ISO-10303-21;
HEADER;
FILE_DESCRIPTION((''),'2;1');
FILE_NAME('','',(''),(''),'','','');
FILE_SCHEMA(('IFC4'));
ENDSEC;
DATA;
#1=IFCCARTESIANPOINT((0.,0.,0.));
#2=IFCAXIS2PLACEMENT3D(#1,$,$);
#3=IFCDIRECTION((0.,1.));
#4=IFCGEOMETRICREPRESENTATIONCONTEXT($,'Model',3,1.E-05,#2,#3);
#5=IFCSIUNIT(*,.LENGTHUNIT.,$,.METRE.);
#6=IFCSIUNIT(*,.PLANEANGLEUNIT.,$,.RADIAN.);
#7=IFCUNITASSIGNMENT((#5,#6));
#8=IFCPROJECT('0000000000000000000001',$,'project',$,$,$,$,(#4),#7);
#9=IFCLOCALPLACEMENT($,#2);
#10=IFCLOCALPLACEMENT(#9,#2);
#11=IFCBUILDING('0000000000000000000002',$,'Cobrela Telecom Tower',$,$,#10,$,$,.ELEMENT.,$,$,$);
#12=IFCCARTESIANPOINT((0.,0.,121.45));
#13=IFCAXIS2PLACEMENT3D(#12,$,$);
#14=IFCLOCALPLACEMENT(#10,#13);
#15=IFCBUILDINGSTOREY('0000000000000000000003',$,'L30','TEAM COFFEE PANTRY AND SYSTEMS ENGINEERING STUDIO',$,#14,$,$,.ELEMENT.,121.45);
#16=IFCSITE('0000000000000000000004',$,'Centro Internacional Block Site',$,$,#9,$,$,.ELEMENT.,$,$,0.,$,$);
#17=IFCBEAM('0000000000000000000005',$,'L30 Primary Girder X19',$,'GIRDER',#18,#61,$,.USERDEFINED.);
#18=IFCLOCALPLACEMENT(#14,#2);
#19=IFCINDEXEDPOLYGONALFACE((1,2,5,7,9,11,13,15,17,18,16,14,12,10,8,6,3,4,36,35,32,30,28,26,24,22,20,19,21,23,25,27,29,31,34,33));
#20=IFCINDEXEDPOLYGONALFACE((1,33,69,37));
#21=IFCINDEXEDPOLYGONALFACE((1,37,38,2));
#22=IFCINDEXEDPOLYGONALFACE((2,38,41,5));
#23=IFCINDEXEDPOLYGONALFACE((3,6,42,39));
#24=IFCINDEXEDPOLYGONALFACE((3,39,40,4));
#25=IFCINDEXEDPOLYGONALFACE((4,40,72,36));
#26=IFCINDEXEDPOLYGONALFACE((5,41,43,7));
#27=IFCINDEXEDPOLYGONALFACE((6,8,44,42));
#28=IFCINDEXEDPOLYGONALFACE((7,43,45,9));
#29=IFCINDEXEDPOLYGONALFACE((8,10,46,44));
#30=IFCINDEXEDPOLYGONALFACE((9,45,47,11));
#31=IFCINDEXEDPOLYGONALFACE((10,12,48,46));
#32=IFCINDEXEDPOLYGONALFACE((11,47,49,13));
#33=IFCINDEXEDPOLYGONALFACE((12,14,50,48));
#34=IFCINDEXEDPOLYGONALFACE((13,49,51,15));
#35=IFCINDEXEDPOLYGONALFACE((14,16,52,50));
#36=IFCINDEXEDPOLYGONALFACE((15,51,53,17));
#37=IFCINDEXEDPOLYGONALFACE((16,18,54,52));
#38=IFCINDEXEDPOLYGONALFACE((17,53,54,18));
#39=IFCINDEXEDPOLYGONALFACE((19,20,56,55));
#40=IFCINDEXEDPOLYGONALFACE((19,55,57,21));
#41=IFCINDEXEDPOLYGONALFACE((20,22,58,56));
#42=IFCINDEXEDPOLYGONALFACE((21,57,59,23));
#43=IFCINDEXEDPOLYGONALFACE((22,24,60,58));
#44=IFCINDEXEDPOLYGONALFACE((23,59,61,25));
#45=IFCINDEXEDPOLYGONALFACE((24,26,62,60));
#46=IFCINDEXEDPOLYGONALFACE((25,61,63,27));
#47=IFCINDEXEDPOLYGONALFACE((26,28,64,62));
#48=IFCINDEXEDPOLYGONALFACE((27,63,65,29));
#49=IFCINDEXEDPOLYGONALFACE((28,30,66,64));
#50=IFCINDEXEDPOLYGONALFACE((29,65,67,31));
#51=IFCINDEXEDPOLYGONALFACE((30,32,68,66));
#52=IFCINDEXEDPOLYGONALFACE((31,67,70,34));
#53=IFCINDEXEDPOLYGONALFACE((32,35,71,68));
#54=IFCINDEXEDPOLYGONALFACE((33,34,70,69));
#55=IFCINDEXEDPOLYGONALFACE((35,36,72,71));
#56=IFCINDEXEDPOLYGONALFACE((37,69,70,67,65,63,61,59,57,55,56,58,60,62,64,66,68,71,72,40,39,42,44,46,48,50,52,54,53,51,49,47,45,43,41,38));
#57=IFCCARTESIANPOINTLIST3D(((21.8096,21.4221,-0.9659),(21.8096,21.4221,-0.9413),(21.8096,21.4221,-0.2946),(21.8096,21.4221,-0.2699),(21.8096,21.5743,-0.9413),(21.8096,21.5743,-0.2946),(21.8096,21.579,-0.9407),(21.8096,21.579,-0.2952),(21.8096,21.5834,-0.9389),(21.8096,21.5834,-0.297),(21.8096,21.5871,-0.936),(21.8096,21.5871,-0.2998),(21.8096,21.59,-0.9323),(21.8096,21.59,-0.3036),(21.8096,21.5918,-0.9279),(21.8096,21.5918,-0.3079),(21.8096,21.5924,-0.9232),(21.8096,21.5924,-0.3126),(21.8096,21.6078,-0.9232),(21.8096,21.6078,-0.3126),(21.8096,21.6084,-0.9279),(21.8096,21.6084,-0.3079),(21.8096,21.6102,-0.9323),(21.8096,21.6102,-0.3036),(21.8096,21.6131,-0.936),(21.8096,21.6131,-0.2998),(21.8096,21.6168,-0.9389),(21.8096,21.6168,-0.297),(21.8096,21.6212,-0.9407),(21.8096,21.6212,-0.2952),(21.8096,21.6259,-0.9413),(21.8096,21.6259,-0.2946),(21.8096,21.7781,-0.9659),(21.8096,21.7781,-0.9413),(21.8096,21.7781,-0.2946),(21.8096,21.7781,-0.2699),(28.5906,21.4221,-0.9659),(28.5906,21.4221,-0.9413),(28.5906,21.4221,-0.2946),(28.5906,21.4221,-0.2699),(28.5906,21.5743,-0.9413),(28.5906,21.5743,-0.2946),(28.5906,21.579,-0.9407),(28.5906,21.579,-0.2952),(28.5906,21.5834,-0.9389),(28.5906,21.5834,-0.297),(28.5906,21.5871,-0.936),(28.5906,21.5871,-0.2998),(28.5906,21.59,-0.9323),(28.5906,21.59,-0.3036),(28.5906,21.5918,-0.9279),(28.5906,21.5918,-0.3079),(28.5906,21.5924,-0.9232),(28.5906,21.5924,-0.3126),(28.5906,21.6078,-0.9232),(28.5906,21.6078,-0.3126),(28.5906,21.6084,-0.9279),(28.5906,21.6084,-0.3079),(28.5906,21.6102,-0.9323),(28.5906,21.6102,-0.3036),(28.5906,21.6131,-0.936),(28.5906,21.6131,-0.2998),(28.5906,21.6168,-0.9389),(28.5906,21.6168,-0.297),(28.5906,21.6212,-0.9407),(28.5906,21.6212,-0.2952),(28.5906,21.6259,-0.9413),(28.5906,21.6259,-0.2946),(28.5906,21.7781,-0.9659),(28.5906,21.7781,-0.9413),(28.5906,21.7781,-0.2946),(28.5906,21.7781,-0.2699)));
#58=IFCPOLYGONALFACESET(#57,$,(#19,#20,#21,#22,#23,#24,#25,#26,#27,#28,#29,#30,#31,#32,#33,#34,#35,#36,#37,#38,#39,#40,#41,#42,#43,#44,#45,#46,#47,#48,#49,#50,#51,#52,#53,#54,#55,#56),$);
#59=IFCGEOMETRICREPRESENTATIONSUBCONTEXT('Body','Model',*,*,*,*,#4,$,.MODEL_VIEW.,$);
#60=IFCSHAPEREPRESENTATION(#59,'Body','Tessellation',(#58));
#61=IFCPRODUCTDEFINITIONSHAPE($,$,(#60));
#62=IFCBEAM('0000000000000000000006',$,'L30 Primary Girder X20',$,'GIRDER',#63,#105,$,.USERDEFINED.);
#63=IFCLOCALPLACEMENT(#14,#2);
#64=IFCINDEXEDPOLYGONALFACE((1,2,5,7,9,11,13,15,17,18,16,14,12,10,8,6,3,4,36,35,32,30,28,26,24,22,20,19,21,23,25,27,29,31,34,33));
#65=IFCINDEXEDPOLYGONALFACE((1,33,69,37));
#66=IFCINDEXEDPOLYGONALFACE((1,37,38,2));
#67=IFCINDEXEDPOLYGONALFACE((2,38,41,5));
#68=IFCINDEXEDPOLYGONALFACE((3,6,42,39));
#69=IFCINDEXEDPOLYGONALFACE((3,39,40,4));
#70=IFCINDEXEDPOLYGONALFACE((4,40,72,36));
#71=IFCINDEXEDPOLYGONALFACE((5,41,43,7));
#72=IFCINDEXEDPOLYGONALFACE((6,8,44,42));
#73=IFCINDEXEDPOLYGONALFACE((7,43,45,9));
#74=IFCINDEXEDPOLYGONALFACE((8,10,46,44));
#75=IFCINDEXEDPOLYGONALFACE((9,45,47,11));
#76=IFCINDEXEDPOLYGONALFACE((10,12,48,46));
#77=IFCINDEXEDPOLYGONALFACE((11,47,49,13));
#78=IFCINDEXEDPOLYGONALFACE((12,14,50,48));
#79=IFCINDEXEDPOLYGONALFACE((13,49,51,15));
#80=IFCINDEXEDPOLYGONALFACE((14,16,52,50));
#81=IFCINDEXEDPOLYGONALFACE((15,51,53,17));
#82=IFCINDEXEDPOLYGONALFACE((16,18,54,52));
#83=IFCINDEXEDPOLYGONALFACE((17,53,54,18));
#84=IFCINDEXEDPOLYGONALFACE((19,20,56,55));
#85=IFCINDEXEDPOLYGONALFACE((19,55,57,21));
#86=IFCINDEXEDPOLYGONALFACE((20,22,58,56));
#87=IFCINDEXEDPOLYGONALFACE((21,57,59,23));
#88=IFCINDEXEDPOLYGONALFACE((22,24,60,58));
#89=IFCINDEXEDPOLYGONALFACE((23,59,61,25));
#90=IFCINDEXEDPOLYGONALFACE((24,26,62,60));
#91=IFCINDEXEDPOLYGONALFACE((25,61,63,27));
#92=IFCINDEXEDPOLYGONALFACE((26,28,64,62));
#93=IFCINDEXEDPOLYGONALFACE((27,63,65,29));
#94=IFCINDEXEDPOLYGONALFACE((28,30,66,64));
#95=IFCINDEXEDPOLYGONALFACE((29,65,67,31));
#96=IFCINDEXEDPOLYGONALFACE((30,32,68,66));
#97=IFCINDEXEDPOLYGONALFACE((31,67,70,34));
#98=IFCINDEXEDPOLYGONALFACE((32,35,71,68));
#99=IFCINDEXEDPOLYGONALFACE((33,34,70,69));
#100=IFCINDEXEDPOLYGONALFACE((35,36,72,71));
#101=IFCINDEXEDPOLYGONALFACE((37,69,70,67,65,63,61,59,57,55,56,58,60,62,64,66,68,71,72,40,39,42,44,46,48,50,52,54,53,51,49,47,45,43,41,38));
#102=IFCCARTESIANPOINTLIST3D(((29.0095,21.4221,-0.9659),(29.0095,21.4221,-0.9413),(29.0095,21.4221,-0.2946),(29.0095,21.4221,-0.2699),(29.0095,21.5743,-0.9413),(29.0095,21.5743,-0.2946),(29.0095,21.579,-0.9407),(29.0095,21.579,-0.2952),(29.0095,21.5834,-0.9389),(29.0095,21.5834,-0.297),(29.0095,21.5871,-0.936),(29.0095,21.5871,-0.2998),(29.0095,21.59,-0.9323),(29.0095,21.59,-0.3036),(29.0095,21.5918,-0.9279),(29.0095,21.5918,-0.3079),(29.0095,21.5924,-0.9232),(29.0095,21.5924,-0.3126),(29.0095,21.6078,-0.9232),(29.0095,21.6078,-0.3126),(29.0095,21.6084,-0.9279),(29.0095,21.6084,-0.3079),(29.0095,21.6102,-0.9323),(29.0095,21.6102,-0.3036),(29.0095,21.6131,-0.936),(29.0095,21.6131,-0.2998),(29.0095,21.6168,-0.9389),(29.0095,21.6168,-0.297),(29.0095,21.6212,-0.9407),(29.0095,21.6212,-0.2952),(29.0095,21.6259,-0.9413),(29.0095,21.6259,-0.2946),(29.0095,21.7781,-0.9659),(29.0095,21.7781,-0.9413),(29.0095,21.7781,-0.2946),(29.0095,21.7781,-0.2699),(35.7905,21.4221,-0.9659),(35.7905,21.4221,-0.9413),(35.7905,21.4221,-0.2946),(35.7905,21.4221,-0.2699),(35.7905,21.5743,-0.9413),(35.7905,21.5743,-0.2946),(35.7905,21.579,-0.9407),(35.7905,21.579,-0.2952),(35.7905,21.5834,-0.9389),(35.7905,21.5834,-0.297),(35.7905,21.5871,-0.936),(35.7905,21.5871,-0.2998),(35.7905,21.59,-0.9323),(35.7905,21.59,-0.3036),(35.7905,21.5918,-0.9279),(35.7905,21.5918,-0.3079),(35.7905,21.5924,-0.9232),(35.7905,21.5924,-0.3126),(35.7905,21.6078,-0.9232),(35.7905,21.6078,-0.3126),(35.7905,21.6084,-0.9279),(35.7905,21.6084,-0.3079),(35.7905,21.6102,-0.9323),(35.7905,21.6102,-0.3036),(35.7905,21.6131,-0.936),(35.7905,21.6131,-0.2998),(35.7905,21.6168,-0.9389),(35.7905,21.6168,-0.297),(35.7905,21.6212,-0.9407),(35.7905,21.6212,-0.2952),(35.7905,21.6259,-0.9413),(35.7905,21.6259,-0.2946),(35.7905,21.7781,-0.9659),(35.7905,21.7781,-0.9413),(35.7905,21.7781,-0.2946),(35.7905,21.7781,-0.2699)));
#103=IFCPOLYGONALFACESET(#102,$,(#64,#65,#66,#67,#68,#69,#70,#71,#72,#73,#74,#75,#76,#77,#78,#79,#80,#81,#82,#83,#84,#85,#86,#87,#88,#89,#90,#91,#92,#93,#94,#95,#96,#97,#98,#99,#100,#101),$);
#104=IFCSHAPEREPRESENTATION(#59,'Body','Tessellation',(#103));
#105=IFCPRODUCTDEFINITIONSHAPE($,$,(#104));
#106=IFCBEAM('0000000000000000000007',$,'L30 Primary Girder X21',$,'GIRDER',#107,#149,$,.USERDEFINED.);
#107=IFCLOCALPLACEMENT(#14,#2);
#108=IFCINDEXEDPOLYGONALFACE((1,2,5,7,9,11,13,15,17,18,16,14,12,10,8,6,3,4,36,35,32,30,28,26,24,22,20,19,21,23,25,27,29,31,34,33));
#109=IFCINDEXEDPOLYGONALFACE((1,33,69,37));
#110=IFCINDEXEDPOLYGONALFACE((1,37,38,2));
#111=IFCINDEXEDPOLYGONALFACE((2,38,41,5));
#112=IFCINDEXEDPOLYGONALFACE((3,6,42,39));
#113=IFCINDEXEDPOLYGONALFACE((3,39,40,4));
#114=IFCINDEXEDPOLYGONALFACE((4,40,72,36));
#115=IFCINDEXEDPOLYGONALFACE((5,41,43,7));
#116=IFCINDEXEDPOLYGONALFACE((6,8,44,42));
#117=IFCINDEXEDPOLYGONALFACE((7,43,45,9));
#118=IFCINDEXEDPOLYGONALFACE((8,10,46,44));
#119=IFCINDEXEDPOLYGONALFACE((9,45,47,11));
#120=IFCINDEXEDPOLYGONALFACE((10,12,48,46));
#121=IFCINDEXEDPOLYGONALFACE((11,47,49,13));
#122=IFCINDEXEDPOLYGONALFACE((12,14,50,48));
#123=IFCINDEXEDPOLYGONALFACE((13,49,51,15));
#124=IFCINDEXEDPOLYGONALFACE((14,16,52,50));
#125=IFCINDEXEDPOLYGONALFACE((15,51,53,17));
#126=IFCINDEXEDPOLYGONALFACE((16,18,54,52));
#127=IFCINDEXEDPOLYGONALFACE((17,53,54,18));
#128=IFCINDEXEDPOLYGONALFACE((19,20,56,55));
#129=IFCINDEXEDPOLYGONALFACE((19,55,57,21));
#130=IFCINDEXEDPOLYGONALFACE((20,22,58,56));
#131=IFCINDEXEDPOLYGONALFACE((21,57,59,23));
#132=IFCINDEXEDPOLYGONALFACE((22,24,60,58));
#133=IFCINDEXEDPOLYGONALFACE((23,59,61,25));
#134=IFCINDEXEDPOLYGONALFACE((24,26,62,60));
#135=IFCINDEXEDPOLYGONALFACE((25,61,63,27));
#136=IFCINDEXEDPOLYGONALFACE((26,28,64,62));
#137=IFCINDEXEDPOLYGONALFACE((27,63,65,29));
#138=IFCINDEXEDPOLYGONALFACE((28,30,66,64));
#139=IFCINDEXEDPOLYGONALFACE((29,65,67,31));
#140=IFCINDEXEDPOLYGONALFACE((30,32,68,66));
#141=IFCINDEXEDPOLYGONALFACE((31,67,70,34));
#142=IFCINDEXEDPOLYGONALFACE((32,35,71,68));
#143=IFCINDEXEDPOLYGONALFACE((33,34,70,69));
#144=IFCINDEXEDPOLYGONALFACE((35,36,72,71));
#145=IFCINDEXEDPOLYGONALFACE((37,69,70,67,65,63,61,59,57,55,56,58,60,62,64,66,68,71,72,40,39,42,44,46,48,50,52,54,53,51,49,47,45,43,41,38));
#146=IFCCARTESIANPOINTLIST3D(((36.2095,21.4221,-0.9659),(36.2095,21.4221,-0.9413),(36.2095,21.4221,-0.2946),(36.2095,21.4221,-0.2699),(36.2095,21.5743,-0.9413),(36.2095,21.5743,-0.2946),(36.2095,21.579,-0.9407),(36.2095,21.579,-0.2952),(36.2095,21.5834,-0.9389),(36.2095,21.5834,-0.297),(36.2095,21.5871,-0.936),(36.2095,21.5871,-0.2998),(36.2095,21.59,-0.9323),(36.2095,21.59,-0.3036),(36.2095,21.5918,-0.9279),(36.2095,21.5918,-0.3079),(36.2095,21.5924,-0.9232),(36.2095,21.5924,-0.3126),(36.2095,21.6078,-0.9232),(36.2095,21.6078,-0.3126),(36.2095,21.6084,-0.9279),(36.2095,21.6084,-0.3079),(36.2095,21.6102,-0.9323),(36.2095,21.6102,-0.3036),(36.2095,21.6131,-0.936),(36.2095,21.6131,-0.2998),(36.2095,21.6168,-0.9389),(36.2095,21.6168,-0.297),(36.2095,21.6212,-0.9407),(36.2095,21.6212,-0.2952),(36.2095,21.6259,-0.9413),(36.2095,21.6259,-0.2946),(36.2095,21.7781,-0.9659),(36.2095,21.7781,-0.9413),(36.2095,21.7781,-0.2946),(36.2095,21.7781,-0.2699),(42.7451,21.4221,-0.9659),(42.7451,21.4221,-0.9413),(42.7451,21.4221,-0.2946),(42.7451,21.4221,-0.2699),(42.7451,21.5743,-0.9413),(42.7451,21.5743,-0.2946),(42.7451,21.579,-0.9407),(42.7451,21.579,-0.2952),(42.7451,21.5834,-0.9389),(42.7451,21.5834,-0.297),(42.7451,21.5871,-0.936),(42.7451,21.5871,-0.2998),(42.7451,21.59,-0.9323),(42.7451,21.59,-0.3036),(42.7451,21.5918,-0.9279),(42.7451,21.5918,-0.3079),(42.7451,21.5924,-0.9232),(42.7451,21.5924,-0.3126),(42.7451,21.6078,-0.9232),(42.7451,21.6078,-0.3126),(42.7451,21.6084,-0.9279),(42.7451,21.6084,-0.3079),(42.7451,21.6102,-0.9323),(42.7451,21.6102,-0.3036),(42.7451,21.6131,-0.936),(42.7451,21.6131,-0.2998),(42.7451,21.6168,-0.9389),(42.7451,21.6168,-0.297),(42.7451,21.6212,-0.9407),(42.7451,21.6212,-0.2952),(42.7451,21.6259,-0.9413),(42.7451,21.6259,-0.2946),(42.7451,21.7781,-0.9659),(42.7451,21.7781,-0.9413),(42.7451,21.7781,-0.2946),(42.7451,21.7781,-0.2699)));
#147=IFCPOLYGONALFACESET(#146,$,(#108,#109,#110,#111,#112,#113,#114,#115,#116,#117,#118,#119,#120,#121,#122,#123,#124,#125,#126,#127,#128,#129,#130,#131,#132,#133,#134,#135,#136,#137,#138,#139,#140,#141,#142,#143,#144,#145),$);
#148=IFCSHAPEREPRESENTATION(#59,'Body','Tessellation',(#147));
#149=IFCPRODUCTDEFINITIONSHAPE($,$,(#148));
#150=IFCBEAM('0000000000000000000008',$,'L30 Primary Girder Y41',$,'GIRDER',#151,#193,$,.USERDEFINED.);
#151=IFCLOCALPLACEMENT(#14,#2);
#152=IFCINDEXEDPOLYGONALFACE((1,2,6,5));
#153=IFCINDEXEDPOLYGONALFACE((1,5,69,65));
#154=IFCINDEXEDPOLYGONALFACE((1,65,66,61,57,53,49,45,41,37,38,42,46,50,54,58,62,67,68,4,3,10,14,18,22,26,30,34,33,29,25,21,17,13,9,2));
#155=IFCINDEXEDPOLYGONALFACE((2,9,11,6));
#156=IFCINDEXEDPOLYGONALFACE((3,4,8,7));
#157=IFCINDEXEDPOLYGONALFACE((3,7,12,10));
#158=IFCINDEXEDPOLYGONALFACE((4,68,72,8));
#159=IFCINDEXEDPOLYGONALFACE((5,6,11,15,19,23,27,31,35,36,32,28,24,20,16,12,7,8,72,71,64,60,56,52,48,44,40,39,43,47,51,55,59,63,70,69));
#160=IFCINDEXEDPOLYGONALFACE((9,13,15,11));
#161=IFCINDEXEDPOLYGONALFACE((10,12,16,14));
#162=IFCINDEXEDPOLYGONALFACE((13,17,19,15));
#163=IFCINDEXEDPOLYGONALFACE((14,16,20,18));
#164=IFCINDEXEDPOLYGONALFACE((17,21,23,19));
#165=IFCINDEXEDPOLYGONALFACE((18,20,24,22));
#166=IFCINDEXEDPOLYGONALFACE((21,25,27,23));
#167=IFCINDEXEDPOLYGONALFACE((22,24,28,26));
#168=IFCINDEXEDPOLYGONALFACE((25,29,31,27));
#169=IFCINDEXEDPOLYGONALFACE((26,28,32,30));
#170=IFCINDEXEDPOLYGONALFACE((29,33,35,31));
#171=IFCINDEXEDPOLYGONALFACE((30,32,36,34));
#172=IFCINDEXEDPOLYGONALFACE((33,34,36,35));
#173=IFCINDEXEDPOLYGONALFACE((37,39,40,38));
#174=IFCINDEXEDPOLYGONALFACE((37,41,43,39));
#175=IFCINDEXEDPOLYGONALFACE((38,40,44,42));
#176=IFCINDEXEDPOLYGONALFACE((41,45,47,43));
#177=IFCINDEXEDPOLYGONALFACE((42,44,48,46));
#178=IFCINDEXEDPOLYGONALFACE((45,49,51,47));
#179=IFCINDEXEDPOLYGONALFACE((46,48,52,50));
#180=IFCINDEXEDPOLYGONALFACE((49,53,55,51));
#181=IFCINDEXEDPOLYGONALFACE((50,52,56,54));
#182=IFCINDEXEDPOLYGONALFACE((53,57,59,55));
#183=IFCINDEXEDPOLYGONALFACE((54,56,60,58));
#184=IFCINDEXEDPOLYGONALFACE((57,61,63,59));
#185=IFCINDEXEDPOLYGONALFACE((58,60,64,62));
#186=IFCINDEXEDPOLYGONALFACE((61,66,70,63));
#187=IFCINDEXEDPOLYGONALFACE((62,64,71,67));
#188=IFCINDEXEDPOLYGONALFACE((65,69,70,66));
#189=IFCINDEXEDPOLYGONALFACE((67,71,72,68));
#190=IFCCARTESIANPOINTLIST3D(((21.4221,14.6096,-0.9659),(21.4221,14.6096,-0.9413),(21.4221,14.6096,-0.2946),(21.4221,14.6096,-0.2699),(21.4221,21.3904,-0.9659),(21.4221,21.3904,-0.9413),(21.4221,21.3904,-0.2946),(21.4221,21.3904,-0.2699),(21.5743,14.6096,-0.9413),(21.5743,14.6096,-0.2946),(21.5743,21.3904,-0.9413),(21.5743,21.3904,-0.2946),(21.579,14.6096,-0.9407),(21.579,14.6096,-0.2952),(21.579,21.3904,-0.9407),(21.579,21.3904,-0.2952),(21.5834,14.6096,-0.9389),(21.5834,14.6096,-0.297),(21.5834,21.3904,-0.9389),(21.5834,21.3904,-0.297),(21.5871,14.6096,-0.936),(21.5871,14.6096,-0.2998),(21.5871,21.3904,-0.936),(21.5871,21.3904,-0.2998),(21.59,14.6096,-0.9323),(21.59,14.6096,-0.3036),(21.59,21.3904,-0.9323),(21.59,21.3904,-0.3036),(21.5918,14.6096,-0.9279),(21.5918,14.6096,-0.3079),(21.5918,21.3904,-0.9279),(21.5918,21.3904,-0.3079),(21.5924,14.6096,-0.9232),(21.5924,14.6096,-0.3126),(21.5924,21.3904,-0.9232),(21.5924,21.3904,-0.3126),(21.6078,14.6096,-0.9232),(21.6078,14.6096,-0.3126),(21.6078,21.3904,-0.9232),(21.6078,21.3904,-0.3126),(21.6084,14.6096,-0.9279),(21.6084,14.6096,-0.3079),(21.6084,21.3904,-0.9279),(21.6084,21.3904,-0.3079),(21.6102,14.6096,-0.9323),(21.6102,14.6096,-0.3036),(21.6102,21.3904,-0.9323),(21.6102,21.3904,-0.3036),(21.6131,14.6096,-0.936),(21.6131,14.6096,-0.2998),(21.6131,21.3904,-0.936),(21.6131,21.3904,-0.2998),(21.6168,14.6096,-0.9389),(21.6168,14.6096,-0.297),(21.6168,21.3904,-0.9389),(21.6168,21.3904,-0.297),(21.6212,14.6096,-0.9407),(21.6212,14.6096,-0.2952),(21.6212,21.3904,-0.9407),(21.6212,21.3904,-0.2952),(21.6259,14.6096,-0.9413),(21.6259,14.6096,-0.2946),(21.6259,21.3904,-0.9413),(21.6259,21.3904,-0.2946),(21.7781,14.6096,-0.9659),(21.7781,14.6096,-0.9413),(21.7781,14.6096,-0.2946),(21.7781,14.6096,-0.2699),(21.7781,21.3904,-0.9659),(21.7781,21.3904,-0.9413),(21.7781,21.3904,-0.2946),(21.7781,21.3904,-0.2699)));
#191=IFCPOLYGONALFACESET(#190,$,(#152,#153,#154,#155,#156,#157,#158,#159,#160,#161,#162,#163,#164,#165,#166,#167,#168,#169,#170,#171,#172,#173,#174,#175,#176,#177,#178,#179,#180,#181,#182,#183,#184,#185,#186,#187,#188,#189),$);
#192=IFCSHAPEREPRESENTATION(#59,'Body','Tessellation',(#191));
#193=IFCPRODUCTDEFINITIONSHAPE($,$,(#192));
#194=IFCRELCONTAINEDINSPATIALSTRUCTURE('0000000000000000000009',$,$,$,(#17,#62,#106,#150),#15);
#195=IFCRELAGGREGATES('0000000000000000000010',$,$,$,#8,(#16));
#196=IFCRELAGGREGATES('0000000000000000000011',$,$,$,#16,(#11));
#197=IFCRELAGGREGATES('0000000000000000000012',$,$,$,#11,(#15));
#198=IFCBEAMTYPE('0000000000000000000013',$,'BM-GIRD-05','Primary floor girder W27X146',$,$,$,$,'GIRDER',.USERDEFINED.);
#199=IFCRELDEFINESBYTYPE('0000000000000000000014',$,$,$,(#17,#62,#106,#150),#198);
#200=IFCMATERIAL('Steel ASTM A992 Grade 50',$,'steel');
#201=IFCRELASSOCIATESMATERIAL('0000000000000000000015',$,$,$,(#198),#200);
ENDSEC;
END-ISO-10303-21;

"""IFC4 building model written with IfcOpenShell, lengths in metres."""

from ifc_helpers import new_model, si_unit, direction, frame, origin, origin_2d, place, context, subcontext, project, spatial, i_section, extrude, material, material_profile, profile_set, type_object, element, save


model = new_model("IFC4")

# Units and contexts
model_context = context("Model", 3, precision=1e-05, world=origin(), true_north=direction((0.0, 1.0)))
body_context = subcontext(model_context, "Body", "Model", "MODEL_VIEW")
ifc_project = project(units=[si_unit("LENGTHUNIT", "METRE"), si_unit("PLANEANGLEUNIT", "RADIAN")], contexts=[model_context])

# Site, building, storey
site_placement = place(None, origin())
site = spatial("IfcSite", under=ifc_project, at=site_placement, Name="Centro Internacional Block Site", CompositionType="ELEMENT", RefElevation=0.0)
building_placement = place(site_placement, origin())
building = spatial("IfcBuilding", under=site, at=building_placement, Name="Cobrela Telecom Tower", CompositionType="ELEMENT")
storey_placement = place(building_placement, frame((0.0, 0.0, 121.45)))
storey = spatial("IfcBuildingStorey", under=building, at=storey_placement, Name="L30", Description="TEAM COFFEE PANTRY AND SYSTEMS ENGINEERING STUDIO", CompositionType="ELEMENT", Elevation=121.45)

# Shared definitions
ifc_material_1 = material(Name="Steel ASTM A992 Grade 50", Category="steel")

# Beams
ifc_material_profile_1 = material_profile(ifc_material_1, i_section(OverallWidth=0.356, OverallDepth=0.696, WebThickness=0.0154, FlangeThickness=0.0247, FilletRadius=0.0181, at=origin_2d()), Name="W27X146")
ifc_profile_set_1 = profile_set([ifc_material_profile_1], Name="Steel ASTM A992 Grade 50")
beam_type_1 = type_object("IfcBeamType", Name="BM-GIRD-05", Description="Primary floor girder W27X146", ElementType="GIRDER", PredefinedType="USERDEFINED", material=ifc_profile_set_1)
for number, where, z_axis, x_axis, name in (
    (1, (21.8096, 21.6001, -0.6179), (1.0, 0.0, 0.0), (0.0, 1.0, 0.0), "L30 Primary Girder X19"),
    (2, (29.0095, 21.6001, -0.6179), (1.0, 0.0, 0.0), (0.0, 1.0, 0.0), "L30 Primary Girder X20"),
):
    element("IfcBeam", number, at=place(storey_placement, frame(where, z_axis=z_axis, x_axis=x_axis)), inside=storey, type_object=beam_type_1, Name=name, ObjectType="GIRDER", PredefinedType="USERDEFINED", context=body_context, shape_type="SweptSolid", body=[
        extrude(i_section(OverallWidth=0.356, OverallDepth=0.696, WebThickness=0.0154, FlangeThickness=0.0247, FilletRadius=0.0181, at=origin_2d()), origin(), (0.0, 0.0, 1.0), 6.781),
    ])
beam_1_placement = place(storey_placement, frame((36.2095, 21.6001, -0.6179), z_axis=(1.0, 0.0, 0.0), x_axis=(0.0, 1.0, 0.0)))
element("IfcBeam", 3, at=beam_1_placement, inside=storey, type_object=beam_type_1, Name="L30 Primary Girder X21", ObjectType="GIRDER", PredefinedType="USERDEFINED", context=body_context, shape_type="SweptSolid", body=[
    extrude(i_section(OverallWidth=0.356, OverallDepth=0.696, WebThickness=0.0154, FlangeThickness=0.0247, FilletRadius=0.0181, at=origin_2d()), origin(), (0.0, 0.0, 1.0), 6.5356),
])
beam_2_placement = place(storey_placement, frame((21.6001, 14.6096, -0.6179), z_axis=(0.0, 1.0, 0.0), x_axis=(-1.0, 0.0, 0.0)))
element("IfcBeam", 4, at=beam_2_placement, inside=storey, type_object=beam_type_1, Name="L30 Primary Girder Y41", ObjectType="GIRDER", PredefinedType="USERDEFINED", context=body_context, shape_type="SweptSolid", body=[
    extrude(i_section(OverallWidth=0.356, OverallDepth=0.696, WebThickness=0.0154, FlangeThickness=0.0247, FilletRadius=0.0181, at=origin_2d()), origin(), (0.0, 0.0, 1.0), 6.7808),
])

save(model, "model.ifc")
